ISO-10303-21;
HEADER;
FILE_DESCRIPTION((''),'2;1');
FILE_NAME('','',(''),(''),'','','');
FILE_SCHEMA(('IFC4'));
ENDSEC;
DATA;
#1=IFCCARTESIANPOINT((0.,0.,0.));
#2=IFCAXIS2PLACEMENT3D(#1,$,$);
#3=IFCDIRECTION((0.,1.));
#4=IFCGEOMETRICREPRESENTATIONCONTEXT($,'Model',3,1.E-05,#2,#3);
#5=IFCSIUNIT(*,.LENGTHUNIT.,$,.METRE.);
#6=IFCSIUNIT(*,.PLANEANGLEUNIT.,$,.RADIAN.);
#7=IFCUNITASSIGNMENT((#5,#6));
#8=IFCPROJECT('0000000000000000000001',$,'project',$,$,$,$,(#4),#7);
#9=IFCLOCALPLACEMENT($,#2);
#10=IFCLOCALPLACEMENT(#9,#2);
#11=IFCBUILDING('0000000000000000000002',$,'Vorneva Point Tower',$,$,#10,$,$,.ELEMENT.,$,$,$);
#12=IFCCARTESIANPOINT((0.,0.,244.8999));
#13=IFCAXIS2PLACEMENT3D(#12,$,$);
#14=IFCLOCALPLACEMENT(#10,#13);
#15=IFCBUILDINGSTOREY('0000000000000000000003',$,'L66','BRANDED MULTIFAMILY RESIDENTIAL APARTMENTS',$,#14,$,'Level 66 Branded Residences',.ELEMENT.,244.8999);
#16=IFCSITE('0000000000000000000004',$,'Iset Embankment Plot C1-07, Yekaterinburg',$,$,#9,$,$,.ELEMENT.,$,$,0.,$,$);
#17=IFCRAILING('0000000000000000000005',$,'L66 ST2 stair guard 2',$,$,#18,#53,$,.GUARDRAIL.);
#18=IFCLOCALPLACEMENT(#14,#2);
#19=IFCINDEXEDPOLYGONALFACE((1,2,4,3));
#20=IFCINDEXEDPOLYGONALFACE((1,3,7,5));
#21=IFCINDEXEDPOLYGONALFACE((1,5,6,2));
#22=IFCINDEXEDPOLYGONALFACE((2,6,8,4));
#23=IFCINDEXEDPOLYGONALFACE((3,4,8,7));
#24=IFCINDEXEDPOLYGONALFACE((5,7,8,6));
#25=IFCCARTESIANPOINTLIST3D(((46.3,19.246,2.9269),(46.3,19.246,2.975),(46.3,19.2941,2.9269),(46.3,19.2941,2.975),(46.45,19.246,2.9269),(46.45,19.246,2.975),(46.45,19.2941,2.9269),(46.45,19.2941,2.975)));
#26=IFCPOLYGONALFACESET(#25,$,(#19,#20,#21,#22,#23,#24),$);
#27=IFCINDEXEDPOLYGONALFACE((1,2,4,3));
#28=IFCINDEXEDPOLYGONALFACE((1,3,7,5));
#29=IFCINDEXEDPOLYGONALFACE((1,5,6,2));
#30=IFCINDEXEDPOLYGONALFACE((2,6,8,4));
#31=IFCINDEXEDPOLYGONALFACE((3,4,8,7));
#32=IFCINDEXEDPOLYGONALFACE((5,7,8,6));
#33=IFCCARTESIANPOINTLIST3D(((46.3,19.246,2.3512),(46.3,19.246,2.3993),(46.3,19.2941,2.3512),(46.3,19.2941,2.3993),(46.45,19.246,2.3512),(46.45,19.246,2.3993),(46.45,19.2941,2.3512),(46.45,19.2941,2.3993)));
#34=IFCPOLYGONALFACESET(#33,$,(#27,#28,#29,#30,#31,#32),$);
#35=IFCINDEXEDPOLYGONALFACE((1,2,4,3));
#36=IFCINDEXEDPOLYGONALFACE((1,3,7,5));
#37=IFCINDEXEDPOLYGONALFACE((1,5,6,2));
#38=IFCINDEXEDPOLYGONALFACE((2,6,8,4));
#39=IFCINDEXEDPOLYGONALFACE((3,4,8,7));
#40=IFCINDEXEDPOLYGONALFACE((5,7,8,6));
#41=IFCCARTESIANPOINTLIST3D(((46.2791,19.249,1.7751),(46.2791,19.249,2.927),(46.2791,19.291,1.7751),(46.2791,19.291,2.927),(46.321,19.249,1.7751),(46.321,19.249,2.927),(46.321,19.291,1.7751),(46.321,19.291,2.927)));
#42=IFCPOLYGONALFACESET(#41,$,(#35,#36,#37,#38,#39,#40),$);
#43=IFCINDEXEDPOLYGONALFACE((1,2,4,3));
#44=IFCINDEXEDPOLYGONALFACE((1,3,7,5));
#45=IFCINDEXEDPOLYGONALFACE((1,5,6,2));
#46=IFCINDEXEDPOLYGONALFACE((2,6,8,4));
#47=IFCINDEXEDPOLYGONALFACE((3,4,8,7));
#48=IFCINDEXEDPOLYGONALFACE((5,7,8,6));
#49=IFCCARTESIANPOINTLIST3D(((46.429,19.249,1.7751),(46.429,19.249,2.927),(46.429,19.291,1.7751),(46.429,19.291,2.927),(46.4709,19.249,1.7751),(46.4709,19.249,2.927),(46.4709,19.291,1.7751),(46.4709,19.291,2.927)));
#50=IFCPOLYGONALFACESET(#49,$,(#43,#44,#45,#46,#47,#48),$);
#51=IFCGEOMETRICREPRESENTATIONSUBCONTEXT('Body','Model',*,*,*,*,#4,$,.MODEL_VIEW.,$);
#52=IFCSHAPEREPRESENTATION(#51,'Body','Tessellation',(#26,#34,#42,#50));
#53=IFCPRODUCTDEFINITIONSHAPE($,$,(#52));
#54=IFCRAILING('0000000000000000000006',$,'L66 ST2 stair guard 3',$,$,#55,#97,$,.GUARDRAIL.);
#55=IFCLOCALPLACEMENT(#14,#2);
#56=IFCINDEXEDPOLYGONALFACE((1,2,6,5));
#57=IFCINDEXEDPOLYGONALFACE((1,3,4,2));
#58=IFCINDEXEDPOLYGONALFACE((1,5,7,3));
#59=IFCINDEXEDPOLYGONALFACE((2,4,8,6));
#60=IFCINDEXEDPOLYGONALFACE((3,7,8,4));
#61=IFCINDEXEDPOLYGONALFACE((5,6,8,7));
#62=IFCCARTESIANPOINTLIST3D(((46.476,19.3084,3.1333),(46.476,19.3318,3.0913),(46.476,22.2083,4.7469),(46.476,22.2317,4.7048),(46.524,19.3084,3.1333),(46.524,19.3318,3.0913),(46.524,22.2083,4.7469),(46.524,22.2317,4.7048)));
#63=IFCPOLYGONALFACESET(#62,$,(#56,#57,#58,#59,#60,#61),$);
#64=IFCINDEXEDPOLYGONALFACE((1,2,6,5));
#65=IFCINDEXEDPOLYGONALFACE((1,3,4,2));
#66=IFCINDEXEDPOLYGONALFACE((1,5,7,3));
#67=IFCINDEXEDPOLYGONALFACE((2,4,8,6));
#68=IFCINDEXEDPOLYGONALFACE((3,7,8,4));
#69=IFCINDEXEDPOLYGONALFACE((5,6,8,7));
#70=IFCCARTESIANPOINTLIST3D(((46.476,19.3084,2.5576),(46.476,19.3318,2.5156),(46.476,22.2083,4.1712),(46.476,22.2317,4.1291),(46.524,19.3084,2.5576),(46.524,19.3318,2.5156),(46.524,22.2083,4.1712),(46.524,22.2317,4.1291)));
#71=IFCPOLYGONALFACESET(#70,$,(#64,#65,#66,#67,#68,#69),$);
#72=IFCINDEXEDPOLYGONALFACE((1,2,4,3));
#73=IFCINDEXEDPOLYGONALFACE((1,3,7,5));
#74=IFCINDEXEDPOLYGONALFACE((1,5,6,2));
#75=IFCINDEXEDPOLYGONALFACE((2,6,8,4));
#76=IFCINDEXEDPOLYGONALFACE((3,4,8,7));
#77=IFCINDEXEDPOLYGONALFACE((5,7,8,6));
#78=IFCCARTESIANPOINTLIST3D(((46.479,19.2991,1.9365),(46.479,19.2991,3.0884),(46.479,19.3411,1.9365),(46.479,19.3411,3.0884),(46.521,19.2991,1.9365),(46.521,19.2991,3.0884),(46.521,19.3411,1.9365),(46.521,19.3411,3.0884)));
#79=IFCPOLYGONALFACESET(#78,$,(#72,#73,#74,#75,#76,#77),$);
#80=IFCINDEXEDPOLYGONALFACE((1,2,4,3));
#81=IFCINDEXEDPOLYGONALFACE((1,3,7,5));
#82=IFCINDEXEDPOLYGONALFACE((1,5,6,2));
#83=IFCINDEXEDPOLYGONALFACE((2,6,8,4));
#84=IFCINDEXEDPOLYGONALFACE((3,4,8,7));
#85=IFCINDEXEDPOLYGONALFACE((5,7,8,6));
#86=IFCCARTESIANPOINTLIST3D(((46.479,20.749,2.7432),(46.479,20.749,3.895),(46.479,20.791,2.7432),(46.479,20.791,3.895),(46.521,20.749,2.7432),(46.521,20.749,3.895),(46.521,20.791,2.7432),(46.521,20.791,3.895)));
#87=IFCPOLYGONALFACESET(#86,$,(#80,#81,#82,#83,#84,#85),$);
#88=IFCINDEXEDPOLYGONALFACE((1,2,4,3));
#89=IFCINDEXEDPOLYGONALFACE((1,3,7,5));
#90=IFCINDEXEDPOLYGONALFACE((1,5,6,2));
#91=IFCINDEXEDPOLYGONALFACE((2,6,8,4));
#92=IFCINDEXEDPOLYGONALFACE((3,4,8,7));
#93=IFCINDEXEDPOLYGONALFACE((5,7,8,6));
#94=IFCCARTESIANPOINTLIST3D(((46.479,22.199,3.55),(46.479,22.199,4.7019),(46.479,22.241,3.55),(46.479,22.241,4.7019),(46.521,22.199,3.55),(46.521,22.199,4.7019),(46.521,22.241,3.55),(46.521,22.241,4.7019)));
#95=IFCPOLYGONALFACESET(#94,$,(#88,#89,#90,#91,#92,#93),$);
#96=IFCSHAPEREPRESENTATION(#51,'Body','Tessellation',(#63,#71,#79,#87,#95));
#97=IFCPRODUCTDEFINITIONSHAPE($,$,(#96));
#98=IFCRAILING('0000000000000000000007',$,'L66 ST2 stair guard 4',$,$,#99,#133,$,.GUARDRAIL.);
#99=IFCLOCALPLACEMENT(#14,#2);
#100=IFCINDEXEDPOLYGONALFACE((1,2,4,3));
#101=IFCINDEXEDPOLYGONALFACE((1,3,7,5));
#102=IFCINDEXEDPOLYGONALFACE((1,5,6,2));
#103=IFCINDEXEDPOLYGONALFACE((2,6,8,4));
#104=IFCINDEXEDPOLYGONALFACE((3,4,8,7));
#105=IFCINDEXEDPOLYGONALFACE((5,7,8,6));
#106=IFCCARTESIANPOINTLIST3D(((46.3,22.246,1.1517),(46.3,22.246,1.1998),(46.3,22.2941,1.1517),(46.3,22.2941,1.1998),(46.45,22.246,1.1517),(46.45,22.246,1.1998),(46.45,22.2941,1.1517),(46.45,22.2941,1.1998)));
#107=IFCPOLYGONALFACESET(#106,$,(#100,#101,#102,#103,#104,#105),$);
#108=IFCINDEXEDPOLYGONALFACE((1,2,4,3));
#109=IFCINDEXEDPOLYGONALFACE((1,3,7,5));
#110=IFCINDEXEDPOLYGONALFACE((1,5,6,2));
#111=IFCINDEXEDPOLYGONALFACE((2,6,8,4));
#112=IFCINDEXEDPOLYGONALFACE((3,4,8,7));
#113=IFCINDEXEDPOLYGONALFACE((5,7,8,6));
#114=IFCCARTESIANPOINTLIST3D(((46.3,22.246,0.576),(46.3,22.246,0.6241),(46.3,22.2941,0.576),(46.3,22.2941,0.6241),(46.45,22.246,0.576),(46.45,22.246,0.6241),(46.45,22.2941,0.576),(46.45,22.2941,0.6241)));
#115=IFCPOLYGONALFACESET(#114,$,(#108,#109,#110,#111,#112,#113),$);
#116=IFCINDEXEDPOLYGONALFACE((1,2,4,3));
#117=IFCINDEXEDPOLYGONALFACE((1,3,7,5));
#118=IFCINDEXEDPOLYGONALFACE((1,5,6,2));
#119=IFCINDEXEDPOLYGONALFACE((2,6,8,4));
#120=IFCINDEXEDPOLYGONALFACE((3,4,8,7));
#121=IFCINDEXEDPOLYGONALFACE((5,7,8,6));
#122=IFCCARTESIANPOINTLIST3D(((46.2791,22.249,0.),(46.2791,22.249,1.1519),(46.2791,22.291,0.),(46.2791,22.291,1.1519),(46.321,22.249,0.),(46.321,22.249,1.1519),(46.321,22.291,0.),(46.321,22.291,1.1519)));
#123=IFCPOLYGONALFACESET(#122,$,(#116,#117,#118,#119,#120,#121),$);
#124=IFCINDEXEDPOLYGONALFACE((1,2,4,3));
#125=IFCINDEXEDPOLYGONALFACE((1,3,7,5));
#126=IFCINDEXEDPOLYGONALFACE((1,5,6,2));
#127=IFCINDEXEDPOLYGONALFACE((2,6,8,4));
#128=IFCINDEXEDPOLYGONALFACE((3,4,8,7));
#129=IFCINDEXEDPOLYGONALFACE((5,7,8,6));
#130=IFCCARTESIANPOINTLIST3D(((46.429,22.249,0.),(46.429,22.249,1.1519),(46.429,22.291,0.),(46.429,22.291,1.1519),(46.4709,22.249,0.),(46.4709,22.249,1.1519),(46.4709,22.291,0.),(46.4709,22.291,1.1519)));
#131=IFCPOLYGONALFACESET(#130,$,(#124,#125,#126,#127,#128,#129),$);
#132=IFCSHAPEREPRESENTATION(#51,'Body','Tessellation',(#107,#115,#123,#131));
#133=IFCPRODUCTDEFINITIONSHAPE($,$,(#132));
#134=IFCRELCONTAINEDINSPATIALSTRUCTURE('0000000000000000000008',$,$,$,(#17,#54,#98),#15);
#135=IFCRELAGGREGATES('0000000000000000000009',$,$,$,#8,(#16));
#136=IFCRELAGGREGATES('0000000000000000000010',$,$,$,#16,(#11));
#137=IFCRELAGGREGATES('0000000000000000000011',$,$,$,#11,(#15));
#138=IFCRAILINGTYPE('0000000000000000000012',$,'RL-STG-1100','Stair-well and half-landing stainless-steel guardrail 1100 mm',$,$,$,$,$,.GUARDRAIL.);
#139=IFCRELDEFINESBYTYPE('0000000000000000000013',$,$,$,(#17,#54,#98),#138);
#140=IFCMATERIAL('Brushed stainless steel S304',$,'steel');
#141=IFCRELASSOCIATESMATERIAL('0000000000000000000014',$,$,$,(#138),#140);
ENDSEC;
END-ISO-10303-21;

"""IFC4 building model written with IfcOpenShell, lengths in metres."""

from ifc_helpers import new_model, si_unit, direction, frame, origin, origin_2d, place, context, subcontext, project, spatial, rectangle, extrude, material, type_object, element, save


model = new_model("IFC4")

# Units and contexts
model_context = context("Model", 3, precision=1e-05, world=origin(), true_north=direction((0.0, 1.0)))
body_context = subcontext(model_context, "Body", "Model", "MODEL_VIEW")
ifc_project = project(units=[si_unit("LENGTHUNIT", "METRE"), si_unit("PLANEANGLEUNIT", "RADIAN")], contexts=[model_context])

# Site, building, storey
site_placement = place(None, origin())
site = spatial("IfcSite", under=ifc_project, at=site_placement, Name="Iset Embankment Plot C1-07, Yekaterinburg", CompositionType="ELEMENT", RefElevation=0.0)
building_placement = place(site_placement, origin())
building = spatial("IfcBuilding", under=site, at=building_placement, Name="Vorneva Point Tower", CompositionType="ELEMENT")
storey_placement = place(building_placement, frame((0.0, 0.0, 244.8999)))
storey = spatial("IfcBuildingStorey", under=building, at=storey_placement, Name="L66", Description="BRANDED MULTIFAMILY RESIDENTIAL APARTMENTS", LongName="Level 66 Branded Residences", CompositionType="ELEMENT", Elevation=244.8999)

# Railings
ifc_material_1 = material(Name="Brushed stainless steel S304", Category="steel")
railing_type_1 = type_object("IfcRailingType", Name="RL-STG-1100", Description="Stair-well and half-landing stainless-steel guardrail 1100 mm", PredefinedType="GUARDRAIL", material=ifc_material_1)
railing_1_placement = place(storey_placement, frame((46.3, 19.27, 1.7751)))
element("IfcRailing", 1, at=railing_1_placement, inside=storey, type_object=railing_type_1, Name="L66 ST2 stair guard 2", PredefinedType="GUARDRAIL", context=body_context, shape_type="SweptSolid", body=[
    extrude(rectangle(XDim=0.0481, YDim=0.0481, at=origin_2d()), frame((0.0, 0.0, 1.1758), z_axis=(1.0, 0.0, 0.0), x_axis=(0.0, 1.0, 0.0)), (0.0, 0.0, 1.0), 0.1499),
    extrude(rectangle(XDim=0.0481, YDim=0.0481, at=origin_2d()), frame((0.0, 0.0, 0.6001), z_axis=(1.0, 0.0, 0.0), x_axis=(0.0, 1.0, 0.0)), (0.0, 0.0, 1.0), 0.1499),
    extrude(rectangle(XDim=0.042, YDim=0.042, at=origin_2d()), origin(), (0.0, 0.0, 1.0), 1.1519),
    extrude(rectangle(XDim=0.042, YDim=0.042, at=origin_2d()), frame((0.1499, 0.0, 0.0)), (0.0, 0.0, 1.0), 1.1519),
])
railing_2_placement = place(storey_placement, frame((46.5, 19.3201, 1.9365)))
element("IfcRailing", 2, at=railing_2_placement, inside=storey, type_object=railing_type_1, Name="L66 ST2 stair guard 3", PredefinedType="GUARDRAIL", context=body_context, shape_type="SweptSolid", body=[
    extrude(rectangle(XDim=0.0481, YDim=0.0481, at=origin_2d()), frame((0.0, 0.0, 1.1758), z_axis=(0.0, 0.873841, 0.486211), x_axis=(-1.0, 0.0, 0.0)), (0.0, 0.0, 1.0), 3.3186),
    extrude(rectangle(XDim=0.0481, YDim=0.0481, at=origin_2d()), frame((0.0, 0.0, 0.6001), z_axis=(0.0, 0.873841, 0.486211), x_axis=(-1.0, 0.0, 0.0)), (0.0, 0.0, 1.0), 3.3186),
    extrude(rectangle(XDim=0.042, YDim=0.042, at=origin_2d()), origin(), (0.0, 0.0, 1.0), 1.1519),
    extrude(rectangle(XDim=0.042, YDim=0.042, at=origin_2d()), frame((0.0, 1.45, 0.8066)), (0.0, 0.0, 1.0), 1.1519),
    extrude(rectangle(XDim=0.042, YDim=0.042, at=origin_2d()), frame((0.0, 2.8999, 1.6135)), (0.0, 0.0, 1.0), 1.1519),
])
railing_3_placement = place(storey_placement, frame((46.3, 22.27, 0.0)))
element("IfcRailing", 3, at=railing_3_placement, inside=storey, type_object=railing_type_1, Name="L66 ST2 stair guard 4", PredefinedType="GUARDRAIL", context=body_context, shape_type="SweptSolid", body=[
    extrude(rectangle(XDim=0.0481, YDim=0.0481, at=origin_2d()), frame((0.0, 0.0, 1.1758), z_axis=(1.0, 0.0, 0.0), x_axis=(0.0, 1.0, 0.0)), (0.0, 0.0, 1.0), 0.1499),
    extrude(rectangle(XDim=0.0481, YDim=0.0481, at=origin_2d()), frame((0.0, 0.0, 0.6001), z_axis=(1.0, 0.0, 0.0), x_axis=(0.0, 1.0, 0.0)), (0.0, 0.0, 1.0), 0.1499),
    extrude(rectangle(XDim=0.042, YDim=0.042, at=origin_2d()), origin(), (0.0, 0.0, 1.0), 1.1519),
    extrude(rectangle(XDim=0.042, YDim=0.042, at=origin_2d()), frame((0.1499, 0.0, 0.0)), (0.0, 0.0, 1.0), 1.1519),
])

save(model, "model.ifc")
